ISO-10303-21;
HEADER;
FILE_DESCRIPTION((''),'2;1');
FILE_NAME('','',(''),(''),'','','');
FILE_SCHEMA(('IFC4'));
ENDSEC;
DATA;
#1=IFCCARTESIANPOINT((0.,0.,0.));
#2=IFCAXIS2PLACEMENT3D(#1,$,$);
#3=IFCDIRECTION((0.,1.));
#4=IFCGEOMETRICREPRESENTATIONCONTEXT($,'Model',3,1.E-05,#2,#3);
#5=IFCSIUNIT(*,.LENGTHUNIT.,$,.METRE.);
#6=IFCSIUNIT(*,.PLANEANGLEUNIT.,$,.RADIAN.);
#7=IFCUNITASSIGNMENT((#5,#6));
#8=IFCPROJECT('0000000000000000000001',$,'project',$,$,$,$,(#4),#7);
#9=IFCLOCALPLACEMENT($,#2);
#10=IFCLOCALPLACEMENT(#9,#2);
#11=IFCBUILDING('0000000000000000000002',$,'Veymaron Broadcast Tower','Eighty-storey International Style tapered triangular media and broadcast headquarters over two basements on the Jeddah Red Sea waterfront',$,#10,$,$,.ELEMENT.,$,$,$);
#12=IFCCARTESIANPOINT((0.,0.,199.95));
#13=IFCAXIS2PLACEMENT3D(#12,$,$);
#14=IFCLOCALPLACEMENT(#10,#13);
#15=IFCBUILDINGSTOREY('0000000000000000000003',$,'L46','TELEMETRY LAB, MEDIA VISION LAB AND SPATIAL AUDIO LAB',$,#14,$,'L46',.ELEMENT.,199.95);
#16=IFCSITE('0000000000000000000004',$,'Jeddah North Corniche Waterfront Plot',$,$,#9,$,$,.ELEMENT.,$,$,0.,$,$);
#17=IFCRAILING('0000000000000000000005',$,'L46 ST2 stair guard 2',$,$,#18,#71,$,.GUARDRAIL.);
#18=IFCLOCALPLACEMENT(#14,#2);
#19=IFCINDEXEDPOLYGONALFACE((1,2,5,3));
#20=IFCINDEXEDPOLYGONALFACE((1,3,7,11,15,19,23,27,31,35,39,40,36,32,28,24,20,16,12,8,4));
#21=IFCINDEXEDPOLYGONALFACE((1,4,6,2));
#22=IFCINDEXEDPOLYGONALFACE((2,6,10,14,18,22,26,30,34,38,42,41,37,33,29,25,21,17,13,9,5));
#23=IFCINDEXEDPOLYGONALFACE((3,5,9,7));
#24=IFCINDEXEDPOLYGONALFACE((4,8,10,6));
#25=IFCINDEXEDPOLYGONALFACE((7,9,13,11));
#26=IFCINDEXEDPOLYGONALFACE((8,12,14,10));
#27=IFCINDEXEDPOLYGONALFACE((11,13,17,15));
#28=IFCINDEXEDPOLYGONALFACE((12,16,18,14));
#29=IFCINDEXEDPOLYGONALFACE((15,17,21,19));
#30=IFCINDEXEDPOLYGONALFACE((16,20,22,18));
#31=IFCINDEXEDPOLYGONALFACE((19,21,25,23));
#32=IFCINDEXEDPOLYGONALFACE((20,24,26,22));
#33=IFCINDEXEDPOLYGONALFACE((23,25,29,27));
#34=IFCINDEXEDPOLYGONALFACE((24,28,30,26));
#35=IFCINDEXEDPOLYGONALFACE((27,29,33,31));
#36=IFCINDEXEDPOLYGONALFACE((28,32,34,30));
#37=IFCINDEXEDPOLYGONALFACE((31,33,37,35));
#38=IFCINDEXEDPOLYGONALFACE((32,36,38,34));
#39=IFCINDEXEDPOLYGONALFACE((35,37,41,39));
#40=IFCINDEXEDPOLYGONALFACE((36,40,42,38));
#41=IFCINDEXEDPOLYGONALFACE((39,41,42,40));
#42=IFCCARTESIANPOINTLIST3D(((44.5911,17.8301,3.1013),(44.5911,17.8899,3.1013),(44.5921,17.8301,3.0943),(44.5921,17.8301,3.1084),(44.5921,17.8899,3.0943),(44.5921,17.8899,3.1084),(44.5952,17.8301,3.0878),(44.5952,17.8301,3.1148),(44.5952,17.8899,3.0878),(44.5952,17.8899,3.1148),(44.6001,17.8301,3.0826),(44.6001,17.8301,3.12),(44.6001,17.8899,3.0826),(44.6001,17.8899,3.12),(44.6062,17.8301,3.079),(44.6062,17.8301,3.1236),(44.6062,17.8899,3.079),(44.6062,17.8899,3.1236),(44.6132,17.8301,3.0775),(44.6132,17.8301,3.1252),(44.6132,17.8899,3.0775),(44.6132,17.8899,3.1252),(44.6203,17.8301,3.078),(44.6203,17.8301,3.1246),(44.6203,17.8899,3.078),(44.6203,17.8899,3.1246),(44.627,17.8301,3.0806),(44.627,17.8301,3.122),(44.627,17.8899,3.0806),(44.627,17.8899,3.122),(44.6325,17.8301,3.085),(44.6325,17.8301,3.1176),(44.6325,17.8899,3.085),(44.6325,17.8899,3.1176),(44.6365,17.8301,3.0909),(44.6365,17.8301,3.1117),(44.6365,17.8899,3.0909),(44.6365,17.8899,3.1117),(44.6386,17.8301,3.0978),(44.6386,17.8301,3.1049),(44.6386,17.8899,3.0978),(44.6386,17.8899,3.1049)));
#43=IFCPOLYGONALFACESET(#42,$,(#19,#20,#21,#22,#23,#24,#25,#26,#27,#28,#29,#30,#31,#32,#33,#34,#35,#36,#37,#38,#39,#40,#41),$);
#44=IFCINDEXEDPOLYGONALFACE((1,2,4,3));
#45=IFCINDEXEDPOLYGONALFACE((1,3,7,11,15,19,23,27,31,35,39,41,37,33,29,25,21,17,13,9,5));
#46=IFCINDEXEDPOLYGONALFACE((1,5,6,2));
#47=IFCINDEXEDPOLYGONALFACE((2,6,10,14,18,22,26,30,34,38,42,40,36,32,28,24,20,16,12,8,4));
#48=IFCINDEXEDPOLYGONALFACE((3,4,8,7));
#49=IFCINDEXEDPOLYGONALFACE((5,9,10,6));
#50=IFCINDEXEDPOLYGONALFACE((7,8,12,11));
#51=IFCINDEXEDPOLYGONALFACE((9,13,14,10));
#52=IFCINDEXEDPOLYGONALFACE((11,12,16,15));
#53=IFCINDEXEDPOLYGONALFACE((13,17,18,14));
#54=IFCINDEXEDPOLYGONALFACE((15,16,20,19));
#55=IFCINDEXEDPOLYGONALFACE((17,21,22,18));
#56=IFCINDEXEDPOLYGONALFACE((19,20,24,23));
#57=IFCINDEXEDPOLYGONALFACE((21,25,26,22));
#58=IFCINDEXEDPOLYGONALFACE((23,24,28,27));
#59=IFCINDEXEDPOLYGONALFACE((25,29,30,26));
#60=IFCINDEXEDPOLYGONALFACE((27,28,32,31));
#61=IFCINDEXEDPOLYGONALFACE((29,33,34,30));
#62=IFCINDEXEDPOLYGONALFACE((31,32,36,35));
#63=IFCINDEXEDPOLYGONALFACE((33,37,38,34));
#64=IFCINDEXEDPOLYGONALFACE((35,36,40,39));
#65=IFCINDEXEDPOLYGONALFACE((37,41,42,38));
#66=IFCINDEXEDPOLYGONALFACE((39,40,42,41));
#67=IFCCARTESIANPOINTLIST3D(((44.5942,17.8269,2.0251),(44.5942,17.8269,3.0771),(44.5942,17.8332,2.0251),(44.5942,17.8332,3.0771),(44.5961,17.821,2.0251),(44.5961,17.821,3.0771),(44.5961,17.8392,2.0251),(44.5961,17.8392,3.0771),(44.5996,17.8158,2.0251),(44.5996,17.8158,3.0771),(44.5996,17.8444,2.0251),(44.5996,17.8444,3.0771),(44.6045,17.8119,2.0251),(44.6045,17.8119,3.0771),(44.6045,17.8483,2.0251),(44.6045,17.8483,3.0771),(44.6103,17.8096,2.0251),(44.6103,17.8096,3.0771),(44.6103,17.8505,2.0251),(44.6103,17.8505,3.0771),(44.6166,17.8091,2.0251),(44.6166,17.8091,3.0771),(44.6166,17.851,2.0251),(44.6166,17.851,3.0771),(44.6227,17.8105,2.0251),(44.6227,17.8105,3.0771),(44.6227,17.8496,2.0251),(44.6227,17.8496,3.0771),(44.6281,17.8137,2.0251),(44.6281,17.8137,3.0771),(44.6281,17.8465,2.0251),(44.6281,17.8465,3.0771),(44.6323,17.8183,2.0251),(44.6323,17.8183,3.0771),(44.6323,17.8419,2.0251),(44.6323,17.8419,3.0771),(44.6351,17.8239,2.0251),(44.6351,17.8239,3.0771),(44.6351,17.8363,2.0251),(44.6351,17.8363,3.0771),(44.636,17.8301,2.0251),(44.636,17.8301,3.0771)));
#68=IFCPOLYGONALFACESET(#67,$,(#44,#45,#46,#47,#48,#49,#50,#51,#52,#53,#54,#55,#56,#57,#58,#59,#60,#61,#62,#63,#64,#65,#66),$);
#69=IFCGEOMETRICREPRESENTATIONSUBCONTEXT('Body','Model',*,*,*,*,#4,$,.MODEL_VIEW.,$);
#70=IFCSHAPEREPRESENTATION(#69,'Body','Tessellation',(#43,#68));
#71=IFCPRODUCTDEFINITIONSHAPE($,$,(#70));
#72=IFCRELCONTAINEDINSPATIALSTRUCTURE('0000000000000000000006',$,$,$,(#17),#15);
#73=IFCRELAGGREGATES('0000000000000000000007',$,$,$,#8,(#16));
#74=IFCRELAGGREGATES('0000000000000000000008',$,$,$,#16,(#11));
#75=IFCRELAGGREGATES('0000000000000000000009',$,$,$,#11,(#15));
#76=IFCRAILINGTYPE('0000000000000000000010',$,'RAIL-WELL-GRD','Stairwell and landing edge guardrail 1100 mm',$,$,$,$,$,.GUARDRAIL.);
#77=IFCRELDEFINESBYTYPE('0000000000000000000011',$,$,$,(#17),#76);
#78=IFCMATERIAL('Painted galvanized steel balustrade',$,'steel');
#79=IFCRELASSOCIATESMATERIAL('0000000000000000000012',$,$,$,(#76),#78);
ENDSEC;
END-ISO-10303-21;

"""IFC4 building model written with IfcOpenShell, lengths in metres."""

from ifc_helpers import new_model, si_unit, direction, frame, origin, origin_2d, place, context, subcontext, project, spatial, circle, extrude, material, type_object, element, save


model = new_model("IFC4")

# Units and contexts
model_context = context("Model", 3, precision=1e-05, world=origin(), true_north=direction((0.0, 1.0)))
body_context = subcontext(model_context, "Body", "Model", "MODEL_VIEW")
ifc_project = project(units=[si_unit("LENGTHUNIT", "METRE"), si_unit("PLANEANGLEUNIT", "RADIAN")], contexts=[model_context])

# Site, building, storey
site_placement = place(None, origin())
site = spatial("IfcSite", under=ifc_project, at=site_placement, Name="Jeddah North Corniche Waterfront Plot", CompositionType="ELEMENT", RefElevation=0.0)
building_placement = place(site_placement, origin())
building = spatial("IfcBuilding", under=site, at=building_placement, Name="Veymaron Broadcast Tower", Description="Eighty-storey International Style tapered triangular media and broadcast headquarters over two basements on the Jeddah Red Sea waterfront", CompositionType="ELEMENT")
storey_placement = place(building_placement, frame((0.0, 0.0, 199.95)))
storey = spatial("IfcBuildingStorey", under=building, at=storey_placement, Name="L46", Description="TELEMETRY LAB, MEDIA VISION LAB AND SPATIAL AUDIO LAB", LongName="L46", CompositionType="ELEMENT", Elevation=199.95)

# Railing
ifc_material_1 = material(Name="Painted galvanized steel balustrade", Category="steel")
railing_type_1 = type_object("IfcRailingType", Name="RAIL-WELL-GRD", Description="Stairwell and landing edge guardrail 1100 mm", PredefinedType="GUARDRAIL", material=ifc_material_1)
railing_1_placement = place(storey_placement, frame((44.615, 17.8301, 2.0251)))
element("IfcRailing", 1, at=railing_1_placement, inside=storey, type_object=railing_type_1, Name="L46 ST2 stair guard 2", PredefinedType="GUARDRAIL", context=body_context, shape_type="SweptSolid", body=[
    extrude(circle(Radius=0.0239, at=origin_2d()), frame((0.0, 0.0, 1.0762), z_axis=(0.0, 1.0, 0.0), x_axis=(-1.0, 0.0, 0.0)), (0.0, 0.0, 1.0), 0.0598),
    extrude(circle(Radius=0.021, at=origin_2d()), origin(), (0.0, 0.0, 1.0), 1.052),
])

save(model, "model.ifc")
